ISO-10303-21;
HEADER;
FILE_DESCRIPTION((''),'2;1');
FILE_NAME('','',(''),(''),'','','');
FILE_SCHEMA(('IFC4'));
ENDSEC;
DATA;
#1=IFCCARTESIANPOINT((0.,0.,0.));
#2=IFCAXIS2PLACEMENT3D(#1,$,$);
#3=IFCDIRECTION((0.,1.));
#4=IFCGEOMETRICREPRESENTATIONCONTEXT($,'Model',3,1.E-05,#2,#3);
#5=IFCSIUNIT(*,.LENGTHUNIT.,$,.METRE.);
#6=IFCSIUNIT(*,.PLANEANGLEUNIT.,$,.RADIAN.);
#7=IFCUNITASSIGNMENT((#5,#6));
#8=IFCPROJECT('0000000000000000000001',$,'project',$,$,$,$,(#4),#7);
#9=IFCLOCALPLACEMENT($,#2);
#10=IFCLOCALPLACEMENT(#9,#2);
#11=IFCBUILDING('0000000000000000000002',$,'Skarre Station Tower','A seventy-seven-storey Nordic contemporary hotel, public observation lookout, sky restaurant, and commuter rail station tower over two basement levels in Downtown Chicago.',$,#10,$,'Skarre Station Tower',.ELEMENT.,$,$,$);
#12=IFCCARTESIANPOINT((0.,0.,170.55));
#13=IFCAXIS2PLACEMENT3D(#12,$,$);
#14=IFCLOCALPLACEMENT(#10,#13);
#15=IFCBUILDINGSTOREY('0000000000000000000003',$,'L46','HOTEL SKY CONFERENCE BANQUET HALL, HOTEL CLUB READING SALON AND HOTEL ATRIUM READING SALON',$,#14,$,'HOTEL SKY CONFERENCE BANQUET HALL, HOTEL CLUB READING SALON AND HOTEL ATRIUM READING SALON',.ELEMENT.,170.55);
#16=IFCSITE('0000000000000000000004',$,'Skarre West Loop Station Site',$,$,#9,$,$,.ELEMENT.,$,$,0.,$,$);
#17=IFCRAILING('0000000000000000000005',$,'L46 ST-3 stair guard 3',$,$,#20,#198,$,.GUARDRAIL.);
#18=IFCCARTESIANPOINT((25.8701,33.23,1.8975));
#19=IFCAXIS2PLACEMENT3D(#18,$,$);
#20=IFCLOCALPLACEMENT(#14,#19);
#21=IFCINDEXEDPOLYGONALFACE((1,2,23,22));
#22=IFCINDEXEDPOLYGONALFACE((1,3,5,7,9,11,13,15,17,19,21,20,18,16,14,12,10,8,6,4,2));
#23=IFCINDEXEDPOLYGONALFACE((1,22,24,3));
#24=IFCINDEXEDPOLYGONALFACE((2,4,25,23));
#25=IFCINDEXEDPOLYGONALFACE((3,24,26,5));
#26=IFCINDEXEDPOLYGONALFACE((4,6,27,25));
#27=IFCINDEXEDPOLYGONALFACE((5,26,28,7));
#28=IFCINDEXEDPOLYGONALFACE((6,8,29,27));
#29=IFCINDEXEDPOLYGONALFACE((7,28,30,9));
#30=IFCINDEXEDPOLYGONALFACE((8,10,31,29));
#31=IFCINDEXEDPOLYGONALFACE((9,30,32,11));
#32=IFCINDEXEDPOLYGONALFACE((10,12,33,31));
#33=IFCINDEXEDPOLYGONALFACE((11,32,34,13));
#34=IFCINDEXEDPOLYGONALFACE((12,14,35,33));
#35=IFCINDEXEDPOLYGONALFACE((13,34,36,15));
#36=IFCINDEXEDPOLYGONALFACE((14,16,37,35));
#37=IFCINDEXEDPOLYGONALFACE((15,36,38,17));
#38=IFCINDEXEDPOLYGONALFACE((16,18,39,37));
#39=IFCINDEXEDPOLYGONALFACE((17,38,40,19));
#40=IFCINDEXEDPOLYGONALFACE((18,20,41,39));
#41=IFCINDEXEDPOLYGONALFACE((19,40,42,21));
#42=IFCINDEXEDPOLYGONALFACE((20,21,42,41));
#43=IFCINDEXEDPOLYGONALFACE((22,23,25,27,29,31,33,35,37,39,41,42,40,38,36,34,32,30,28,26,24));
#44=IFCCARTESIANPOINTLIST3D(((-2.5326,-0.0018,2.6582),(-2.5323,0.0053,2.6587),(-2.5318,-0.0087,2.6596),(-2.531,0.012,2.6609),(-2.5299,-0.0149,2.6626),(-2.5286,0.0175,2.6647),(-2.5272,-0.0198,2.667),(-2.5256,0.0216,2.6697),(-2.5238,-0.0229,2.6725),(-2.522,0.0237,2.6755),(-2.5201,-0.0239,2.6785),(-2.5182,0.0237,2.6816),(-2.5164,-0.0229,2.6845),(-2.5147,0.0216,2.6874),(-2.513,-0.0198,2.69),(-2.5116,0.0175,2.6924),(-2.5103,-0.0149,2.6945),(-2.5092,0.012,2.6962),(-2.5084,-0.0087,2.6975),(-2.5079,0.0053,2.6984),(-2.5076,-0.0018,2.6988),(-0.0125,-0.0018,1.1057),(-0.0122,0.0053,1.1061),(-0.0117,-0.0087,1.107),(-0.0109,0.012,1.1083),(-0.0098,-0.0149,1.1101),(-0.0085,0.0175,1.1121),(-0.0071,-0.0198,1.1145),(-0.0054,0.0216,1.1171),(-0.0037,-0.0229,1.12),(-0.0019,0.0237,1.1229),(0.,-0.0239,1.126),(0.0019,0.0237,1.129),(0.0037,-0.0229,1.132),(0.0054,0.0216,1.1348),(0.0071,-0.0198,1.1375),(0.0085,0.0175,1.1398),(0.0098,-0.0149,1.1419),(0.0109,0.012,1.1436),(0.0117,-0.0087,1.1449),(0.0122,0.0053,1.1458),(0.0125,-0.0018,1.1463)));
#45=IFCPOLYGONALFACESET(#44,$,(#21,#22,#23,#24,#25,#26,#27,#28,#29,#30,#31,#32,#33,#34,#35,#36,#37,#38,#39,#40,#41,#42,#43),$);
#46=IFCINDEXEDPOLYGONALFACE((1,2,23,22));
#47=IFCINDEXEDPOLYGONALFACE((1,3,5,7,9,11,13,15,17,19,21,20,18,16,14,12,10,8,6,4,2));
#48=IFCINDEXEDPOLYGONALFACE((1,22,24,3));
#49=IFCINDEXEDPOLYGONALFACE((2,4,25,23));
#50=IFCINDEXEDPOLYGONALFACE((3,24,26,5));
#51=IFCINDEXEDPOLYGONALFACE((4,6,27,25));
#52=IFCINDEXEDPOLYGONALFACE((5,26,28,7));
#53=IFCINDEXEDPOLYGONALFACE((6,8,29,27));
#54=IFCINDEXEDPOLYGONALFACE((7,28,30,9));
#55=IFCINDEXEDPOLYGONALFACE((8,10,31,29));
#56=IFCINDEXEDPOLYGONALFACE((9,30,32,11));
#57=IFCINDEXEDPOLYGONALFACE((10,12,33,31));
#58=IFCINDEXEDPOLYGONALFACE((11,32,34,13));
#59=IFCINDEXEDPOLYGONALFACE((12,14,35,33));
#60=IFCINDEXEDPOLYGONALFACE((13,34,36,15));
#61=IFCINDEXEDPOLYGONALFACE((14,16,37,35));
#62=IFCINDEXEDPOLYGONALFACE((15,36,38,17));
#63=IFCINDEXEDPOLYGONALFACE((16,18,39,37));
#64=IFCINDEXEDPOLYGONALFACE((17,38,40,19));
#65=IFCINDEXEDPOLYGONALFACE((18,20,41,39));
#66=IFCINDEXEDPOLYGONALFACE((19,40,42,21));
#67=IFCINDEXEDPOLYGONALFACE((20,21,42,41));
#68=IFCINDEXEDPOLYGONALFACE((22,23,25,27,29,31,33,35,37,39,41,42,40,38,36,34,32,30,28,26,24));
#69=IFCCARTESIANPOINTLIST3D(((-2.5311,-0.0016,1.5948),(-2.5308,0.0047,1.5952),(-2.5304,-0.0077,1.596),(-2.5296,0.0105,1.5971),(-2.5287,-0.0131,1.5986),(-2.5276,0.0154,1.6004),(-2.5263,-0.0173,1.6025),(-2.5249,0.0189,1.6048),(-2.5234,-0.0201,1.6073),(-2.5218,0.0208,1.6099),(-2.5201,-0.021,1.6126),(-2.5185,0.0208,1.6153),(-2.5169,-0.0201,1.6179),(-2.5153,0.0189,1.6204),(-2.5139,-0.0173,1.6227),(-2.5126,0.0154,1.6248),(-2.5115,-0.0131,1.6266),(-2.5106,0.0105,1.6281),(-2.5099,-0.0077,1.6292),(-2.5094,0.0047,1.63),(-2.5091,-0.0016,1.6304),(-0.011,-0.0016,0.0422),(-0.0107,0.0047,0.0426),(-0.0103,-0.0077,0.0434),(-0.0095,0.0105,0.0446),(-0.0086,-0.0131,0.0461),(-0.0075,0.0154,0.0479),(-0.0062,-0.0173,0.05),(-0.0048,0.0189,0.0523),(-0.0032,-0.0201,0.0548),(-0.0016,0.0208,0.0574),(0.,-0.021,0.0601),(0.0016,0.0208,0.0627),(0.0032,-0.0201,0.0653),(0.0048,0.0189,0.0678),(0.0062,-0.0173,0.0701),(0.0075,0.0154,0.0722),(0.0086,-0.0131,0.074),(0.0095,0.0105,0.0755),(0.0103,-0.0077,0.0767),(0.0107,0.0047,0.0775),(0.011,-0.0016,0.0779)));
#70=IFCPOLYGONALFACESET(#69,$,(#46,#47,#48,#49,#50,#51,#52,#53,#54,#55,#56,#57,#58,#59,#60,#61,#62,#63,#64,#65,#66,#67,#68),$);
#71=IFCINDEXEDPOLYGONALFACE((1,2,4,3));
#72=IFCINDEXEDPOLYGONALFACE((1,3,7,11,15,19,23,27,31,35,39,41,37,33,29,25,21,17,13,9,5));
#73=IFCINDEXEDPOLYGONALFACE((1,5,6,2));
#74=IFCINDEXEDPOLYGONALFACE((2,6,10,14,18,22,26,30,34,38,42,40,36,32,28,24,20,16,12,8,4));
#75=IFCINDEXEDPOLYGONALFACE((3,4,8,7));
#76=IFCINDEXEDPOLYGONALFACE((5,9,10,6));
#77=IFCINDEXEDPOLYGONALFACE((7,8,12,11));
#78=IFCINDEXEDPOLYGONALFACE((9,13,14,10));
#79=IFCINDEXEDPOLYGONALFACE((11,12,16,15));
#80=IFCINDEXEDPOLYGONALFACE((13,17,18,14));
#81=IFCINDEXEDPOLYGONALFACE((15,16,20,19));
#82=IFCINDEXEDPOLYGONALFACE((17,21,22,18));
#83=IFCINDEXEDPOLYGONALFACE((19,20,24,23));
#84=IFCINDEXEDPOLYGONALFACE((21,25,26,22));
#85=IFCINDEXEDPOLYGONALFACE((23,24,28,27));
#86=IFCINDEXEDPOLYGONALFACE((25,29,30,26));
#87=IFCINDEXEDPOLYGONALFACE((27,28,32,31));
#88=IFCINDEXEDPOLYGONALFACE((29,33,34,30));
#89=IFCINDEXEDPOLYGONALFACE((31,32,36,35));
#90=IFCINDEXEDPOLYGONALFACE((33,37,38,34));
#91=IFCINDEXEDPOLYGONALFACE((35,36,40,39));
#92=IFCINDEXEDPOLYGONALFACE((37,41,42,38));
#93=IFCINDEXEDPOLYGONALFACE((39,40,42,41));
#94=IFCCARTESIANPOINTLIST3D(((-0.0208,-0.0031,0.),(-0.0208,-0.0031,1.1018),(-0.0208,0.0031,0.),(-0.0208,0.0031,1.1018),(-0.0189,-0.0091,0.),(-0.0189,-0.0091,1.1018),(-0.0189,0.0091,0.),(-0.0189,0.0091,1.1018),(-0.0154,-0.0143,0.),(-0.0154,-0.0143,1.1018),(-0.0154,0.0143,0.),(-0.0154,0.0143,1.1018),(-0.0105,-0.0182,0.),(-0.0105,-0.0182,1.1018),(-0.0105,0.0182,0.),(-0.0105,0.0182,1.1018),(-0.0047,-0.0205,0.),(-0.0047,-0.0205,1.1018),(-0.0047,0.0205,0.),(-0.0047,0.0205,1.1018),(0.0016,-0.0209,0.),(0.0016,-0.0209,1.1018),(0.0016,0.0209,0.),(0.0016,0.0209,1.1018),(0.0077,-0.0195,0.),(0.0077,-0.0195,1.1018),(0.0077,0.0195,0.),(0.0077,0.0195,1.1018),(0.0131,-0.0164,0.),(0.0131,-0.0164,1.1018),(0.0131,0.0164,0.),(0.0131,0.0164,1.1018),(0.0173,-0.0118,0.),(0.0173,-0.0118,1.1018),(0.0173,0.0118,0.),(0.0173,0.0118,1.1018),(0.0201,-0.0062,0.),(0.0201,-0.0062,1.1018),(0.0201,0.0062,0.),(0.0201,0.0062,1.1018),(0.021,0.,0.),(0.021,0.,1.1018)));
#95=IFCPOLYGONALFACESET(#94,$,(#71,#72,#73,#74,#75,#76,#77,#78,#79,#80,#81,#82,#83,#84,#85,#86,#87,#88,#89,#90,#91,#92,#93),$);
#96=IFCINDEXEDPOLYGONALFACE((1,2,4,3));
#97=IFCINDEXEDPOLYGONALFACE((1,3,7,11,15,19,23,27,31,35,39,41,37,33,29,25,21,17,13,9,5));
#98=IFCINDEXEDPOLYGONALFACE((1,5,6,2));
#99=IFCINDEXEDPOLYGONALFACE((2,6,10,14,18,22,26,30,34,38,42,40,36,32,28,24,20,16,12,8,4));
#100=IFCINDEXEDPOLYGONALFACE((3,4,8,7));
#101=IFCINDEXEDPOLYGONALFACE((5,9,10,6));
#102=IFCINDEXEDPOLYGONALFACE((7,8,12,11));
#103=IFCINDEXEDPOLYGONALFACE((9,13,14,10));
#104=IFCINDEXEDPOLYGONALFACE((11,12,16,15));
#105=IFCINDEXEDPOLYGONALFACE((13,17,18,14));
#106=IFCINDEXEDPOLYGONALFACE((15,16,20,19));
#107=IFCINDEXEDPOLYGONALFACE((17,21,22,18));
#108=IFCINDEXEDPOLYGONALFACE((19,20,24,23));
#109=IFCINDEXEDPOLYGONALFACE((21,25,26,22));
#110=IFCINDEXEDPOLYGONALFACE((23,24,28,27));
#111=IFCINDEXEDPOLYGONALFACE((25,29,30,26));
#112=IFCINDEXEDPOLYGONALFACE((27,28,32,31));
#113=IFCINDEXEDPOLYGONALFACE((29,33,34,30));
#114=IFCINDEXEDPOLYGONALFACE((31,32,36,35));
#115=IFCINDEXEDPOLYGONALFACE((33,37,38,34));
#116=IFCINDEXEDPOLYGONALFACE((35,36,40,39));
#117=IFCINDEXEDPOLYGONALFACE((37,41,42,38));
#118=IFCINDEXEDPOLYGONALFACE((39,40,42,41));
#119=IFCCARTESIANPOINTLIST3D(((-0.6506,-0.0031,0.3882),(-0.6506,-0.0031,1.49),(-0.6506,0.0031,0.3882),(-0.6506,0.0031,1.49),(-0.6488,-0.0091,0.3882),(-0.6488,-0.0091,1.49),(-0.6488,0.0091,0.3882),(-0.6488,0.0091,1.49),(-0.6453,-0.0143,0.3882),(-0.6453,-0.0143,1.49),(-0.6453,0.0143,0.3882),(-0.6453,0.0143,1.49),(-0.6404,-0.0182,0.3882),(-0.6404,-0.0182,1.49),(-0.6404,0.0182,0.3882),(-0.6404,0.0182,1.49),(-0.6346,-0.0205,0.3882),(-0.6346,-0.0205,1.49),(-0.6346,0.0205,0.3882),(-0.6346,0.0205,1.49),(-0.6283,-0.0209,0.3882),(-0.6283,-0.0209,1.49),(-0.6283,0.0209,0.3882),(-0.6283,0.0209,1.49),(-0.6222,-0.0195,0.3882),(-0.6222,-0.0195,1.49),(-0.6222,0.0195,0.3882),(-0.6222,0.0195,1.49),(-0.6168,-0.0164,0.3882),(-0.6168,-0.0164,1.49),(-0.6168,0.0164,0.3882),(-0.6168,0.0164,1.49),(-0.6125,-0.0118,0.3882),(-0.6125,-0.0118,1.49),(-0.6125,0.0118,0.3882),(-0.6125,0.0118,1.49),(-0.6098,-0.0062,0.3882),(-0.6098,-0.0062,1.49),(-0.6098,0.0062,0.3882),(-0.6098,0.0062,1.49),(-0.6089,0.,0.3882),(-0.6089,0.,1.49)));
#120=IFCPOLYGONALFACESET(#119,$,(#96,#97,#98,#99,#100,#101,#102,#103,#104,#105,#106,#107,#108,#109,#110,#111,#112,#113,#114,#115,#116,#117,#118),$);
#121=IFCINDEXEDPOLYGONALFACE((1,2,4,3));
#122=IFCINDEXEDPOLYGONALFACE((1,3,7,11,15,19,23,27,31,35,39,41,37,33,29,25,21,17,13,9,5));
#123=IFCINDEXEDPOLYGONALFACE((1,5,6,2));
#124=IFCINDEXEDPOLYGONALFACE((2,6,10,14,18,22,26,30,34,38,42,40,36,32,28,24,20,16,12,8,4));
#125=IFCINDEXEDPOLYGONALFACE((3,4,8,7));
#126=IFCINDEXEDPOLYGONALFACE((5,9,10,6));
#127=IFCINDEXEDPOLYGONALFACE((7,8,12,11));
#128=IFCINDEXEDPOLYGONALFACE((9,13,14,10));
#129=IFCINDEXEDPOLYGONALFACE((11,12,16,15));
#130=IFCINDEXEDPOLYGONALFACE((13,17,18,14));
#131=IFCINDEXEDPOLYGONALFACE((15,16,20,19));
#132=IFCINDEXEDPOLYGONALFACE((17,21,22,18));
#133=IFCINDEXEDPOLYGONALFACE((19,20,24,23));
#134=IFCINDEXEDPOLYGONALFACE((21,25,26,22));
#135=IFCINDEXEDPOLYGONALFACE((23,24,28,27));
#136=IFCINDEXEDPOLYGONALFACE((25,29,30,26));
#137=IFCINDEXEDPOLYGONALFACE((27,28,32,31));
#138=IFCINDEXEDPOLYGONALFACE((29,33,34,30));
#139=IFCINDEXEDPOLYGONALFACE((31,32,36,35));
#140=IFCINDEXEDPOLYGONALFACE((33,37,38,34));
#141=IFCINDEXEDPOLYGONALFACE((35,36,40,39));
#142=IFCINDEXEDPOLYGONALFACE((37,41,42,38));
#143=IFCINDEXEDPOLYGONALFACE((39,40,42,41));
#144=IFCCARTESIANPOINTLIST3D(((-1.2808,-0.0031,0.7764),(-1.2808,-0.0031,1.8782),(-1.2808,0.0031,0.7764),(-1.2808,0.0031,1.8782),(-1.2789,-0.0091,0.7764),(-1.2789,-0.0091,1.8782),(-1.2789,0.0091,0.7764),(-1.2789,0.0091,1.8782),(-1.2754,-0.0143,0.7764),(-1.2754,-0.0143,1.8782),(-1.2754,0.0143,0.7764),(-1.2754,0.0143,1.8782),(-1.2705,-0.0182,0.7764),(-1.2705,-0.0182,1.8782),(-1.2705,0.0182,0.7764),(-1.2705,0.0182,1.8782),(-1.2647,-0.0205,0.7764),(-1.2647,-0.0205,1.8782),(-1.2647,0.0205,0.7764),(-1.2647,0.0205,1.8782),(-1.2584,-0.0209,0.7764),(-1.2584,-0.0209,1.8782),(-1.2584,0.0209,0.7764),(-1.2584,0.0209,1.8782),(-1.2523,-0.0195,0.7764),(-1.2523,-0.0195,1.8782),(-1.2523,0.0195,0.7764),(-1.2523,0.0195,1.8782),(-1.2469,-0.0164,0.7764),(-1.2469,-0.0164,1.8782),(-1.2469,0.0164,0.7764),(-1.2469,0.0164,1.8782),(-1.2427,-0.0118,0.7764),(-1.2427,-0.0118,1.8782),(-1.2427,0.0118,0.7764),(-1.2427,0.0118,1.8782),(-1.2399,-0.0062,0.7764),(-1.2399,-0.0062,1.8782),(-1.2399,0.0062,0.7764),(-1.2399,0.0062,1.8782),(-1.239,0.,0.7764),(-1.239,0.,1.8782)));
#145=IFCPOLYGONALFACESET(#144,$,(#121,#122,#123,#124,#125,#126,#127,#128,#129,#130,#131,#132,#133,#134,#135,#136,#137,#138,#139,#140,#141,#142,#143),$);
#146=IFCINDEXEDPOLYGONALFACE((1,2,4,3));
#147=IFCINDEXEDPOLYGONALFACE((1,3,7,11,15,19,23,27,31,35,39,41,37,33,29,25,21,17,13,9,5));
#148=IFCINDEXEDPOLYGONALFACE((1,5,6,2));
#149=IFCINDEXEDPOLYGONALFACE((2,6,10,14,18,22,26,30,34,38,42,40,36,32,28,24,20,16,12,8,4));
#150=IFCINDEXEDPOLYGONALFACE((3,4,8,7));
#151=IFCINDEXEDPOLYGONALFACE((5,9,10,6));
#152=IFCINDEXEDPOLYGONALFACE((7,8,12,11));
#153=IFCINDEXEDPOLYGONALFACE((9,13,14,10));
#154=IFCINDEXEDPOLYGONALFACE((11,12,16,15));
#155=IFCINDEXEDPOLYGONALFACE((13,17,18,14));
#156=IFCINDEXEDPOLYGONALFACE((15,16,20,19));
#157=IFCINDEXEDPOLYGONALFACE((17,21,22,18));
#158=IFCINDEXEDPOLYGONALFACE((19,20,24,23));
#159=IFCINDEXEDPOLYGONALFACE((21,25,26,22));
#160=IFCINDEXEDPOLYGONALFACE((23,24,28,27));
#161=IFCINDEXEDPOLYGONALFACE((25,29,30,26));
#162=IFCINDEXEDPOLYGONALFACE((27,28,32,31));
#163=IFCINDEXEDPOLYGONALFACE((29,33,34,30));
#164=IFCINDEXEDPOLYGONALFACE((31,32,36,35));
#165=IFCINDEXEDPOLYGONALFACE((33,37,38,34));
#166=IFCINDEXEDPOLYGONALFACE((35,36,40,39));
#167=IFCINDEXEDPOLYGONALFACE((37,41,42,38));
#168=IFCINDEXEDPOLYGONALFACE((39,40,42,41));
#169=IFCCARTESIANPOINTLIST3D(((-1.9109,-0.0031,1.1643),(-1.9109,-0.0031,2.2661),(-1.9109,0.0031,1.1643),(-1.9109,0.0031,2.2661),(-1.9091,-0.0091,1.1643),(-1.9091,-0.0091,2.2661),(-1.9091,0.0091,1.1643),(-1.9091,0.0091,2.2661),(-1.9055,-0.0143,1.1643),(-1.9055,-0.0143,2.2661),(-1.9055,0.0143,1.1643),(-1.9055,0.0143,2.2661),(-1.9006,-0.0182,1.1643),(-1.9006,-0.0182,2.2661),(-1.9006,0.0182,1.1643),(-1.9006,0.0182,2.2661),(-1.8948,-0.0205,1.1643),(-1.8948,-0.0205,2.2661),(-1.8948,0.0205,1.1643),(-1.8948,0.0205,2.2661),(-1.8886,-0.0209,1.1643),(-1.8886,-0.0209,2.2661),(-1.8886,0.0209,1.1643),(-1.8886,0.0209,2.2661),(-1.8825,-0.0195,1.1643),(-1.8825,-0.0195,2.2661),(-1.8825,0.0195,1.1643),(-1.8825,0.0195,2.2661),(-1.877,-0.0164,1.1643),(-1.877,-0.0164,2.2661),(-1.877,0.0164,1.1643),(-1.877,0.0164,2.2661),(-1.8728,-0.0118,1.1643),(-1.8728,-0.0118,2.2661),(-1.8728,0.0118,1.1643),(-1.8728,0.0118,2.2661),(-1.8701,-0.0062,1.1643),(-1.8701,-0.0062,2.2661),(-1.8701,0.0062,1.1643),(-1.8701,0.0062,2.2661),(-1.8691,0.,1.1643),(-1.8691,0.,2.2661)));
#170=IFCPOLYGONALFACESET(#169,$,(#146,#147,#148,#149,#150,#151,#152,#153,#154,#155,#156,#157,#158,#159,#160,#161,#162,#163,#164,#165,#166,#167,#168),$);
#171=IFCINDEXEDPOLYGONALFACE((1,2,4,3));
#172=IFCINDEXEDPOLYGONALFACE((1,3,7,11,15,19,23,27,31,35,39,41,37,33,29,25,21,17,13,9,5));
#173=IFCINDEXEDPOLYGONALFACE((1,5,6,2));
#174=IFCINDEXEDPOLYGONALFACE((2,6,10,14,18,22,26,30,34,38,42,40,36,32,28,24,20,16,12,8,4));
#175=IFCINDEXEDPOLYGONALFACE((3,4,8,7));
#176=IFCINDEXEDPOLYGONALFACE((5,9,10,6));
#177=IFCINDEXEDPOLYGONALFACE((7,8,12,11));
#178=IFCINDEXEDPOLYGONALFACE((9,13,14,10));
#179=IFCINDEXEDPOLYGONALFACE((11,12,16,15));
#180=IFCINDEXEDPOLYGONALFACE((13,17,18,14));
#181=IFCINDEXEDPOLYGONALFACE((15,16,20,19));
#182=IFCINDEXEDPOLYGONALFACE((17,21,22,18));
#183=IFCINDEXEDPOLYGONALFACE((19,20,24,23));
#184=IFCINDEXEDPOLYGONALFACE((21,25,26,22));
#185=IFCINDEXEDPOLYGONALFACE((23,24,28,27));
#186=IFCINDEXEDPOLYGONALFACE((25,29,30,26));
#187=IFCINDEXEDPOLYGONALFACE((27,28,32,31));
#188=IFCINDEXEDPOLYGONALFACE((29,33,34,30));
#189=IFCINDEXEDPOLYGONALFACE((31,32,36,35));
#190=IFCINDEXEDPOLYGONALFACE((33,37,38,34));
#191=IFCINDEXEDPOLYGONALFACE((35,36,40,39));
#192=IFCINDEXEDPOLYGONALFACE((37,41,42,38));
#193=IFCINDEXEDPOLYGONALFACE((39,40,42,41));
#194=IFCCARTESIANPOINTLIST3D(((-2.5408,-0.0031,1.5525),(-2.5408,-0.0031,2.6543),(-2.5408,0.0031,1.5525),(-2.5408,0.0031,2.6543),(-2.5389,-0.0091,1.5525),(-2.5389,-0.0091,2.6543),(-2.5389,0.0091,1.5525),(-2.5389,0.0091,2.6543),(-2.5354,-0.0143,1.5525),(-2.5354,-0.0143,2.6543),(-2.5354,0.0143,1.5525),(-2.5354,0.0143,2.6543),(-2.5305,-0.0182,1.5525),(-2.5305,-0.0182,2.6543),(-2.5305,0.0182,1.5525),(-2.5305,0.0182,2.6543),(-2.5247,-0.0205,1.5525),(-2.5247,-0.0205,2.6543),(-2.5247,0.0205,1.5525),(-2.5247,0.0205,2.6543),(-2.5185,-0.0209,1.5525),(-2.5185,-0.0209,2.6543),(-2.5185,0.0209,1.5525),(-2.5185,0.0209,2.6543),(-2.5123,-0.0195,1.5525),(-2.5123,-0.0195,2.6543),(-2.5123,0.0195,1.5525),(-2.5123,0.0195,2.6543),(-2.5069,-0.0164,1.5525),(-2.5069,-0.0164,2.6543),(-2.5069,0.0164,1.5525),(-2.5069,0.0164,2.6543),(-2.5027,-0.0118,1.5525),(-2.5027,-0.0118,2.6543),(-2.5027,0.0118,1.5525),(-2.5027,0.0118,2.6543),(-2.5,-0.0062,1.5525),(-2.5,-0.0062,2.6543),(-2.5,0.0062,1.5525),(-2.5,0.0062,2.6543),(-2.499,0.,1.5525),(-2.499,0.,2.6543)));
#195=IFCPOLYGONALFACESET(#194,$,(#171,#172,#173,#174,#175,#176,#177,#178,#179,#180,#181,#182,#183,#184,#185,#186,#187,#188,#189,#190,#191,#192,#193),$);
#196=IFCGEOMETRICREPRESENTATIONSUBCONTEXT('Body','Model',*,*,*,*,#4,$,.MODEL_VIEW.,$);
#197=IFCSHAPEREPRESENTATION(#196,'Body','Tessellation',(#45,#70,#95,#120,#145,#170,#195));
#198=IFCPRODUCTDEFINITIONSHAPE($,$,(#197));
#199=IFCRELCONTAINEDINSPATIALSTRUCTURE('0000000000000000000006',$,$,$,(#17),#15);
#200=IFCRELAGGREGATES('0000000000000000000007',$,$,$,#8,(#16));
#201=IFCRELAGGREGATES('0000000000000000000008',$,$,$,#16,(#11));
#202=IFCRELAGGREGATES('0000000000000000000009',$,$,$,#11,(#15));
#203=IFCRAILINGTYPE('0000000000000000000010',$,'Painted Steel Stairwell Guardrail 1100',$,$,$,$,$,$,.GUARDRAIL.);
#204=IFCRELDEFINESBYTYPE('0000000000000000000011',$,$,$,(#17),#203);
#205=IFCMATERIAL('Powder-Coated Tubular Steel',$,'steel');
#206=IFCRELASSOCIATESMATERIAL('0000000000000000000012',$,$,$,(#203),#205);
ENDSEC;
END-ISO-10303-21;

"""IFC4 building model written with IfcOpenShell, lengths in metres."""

from ifc_helpers import new_model, si_unit, direction, frame, origin, origin_2d, place, context, subcontext, project, spatial, circle, extrude, material, type_object, element, save


model = new_model("IFC4")

# Units and contexts
model_context = context("Model", 3, precision=1e-05, world=origin(), true_north=direction((0.0, 1.0)))
body_context = subcontext(model_context, "Body", "Model", "MODEL_VIEW")
ifc_project = project(units=[si_unit("LENGTHUNIT", "METRE"), si_unit("PLANEANGLEUNIT", "RADIAN")], contexts=[model_context])

# Site, building, storey
site_placement = place(None, origin())
site = spatial("IfcSite", under=ifc_project, at=site_placement, Name="Skarre West Loop Station Site", CompositionType="ELEMENT", RefElevation=0.0)
building_placement = place(site_placement, origin())
building = spatial("IfcBuilding", under=site, at=building_placement, Name="Skarre Station Tower", Description="A seventy-seven-storey Nordic contemporary hotel, public observation lookout, sky restaurant, and commuter rail station tower over two basement levels in Downtown Chicago.", LongName="Skarre Station Tower", CompositionType="ELEMENT")
storey_placement = place(building_placement, frame((0.0, 0.0, 170.55)))
storey = spatial("IfcBuildingStorey", under=building, at=storey_placement, Name="L46", Description="HOTEL SKY CONFERENCE BANQUET HALL, HOTEL CLUB READING SALON AND HOTEL ATRIUM READING SALON", LongName="HOTEL SKY CONFERENCE BANQUET HALL, HOTEL CLUB READING SALON AND HOTEL ATRIUM READING SALON", CompositionType="ELEMENT", Elevation=170.55)

# Railing
ifc_material_1 = material(Name="Powder-Coated Tubular Steel", Category="steel")
railing_type_1 = type_object("IfcRailingType", Name="Painted Steel Stairwell Guardrail 1100", PredefinedType="GUARDRAIL", material=ifc_material_1)
railing_1_placement = place(storey_placement, frame((25.8701, 33.23, 1.8975)))
element("IfcRailing", 1, at=railing_1_placement, inside=storey, type_object=railing_type_1, Name="L46 ST-3 stair guard 3", PredefinedType="GUARDRAIL", context=body_context, shape_type="SweptSolid", body=[
    extrude(circle(Radius=0.0239, at=origin_2d()), frame((0.0, 0.0, 1.126), z_axis=(-0.8514, 0.0, 0.524516), x_axis=(0.0, -1.0, 0.0)), (0.0, 0.0, 1.0), 2.96),
    extrude(circle(Radius=0.021, at=origin_2d()), frame((0.0, 0.0, 0.0601), z_axis=(-0.8514, 0.0, 0.524516), x_axis=(0.0, -1.0, 0.0)), (0.0, 0.0, 1.0), 2.96),
    extrude(circle(Radius=0.021, at=origin_2d()), origin(), (0.0, 0.0, 1.0), 1.1018),
    extrude(circle(Radius=0.021, at=origin_2d()), frame((-0.6299, 0.0, 0.3882)), (0.0, 0.0, 1.0), 1.1018),
    extrude(circle(Radius=0.021, at=origin_2d()), frame((-1.26, 0.0, 0.7764)), (0.0, 0.0, 1.0), 1.1018),
    extrude(circle(Radius=0.021, at=origin_2d()), frame((-1.8901, 0.0, 1.1643)), (0.0, 0.0, 1.0), 1.1018),
    extrude(circle(Radius=0.021, at=origin_2d()), frame((-2.52, 0.0, 1.5525)), (0.0, 0.0, 1.0), 1.1018),
])

save(model, "model.ifc")
